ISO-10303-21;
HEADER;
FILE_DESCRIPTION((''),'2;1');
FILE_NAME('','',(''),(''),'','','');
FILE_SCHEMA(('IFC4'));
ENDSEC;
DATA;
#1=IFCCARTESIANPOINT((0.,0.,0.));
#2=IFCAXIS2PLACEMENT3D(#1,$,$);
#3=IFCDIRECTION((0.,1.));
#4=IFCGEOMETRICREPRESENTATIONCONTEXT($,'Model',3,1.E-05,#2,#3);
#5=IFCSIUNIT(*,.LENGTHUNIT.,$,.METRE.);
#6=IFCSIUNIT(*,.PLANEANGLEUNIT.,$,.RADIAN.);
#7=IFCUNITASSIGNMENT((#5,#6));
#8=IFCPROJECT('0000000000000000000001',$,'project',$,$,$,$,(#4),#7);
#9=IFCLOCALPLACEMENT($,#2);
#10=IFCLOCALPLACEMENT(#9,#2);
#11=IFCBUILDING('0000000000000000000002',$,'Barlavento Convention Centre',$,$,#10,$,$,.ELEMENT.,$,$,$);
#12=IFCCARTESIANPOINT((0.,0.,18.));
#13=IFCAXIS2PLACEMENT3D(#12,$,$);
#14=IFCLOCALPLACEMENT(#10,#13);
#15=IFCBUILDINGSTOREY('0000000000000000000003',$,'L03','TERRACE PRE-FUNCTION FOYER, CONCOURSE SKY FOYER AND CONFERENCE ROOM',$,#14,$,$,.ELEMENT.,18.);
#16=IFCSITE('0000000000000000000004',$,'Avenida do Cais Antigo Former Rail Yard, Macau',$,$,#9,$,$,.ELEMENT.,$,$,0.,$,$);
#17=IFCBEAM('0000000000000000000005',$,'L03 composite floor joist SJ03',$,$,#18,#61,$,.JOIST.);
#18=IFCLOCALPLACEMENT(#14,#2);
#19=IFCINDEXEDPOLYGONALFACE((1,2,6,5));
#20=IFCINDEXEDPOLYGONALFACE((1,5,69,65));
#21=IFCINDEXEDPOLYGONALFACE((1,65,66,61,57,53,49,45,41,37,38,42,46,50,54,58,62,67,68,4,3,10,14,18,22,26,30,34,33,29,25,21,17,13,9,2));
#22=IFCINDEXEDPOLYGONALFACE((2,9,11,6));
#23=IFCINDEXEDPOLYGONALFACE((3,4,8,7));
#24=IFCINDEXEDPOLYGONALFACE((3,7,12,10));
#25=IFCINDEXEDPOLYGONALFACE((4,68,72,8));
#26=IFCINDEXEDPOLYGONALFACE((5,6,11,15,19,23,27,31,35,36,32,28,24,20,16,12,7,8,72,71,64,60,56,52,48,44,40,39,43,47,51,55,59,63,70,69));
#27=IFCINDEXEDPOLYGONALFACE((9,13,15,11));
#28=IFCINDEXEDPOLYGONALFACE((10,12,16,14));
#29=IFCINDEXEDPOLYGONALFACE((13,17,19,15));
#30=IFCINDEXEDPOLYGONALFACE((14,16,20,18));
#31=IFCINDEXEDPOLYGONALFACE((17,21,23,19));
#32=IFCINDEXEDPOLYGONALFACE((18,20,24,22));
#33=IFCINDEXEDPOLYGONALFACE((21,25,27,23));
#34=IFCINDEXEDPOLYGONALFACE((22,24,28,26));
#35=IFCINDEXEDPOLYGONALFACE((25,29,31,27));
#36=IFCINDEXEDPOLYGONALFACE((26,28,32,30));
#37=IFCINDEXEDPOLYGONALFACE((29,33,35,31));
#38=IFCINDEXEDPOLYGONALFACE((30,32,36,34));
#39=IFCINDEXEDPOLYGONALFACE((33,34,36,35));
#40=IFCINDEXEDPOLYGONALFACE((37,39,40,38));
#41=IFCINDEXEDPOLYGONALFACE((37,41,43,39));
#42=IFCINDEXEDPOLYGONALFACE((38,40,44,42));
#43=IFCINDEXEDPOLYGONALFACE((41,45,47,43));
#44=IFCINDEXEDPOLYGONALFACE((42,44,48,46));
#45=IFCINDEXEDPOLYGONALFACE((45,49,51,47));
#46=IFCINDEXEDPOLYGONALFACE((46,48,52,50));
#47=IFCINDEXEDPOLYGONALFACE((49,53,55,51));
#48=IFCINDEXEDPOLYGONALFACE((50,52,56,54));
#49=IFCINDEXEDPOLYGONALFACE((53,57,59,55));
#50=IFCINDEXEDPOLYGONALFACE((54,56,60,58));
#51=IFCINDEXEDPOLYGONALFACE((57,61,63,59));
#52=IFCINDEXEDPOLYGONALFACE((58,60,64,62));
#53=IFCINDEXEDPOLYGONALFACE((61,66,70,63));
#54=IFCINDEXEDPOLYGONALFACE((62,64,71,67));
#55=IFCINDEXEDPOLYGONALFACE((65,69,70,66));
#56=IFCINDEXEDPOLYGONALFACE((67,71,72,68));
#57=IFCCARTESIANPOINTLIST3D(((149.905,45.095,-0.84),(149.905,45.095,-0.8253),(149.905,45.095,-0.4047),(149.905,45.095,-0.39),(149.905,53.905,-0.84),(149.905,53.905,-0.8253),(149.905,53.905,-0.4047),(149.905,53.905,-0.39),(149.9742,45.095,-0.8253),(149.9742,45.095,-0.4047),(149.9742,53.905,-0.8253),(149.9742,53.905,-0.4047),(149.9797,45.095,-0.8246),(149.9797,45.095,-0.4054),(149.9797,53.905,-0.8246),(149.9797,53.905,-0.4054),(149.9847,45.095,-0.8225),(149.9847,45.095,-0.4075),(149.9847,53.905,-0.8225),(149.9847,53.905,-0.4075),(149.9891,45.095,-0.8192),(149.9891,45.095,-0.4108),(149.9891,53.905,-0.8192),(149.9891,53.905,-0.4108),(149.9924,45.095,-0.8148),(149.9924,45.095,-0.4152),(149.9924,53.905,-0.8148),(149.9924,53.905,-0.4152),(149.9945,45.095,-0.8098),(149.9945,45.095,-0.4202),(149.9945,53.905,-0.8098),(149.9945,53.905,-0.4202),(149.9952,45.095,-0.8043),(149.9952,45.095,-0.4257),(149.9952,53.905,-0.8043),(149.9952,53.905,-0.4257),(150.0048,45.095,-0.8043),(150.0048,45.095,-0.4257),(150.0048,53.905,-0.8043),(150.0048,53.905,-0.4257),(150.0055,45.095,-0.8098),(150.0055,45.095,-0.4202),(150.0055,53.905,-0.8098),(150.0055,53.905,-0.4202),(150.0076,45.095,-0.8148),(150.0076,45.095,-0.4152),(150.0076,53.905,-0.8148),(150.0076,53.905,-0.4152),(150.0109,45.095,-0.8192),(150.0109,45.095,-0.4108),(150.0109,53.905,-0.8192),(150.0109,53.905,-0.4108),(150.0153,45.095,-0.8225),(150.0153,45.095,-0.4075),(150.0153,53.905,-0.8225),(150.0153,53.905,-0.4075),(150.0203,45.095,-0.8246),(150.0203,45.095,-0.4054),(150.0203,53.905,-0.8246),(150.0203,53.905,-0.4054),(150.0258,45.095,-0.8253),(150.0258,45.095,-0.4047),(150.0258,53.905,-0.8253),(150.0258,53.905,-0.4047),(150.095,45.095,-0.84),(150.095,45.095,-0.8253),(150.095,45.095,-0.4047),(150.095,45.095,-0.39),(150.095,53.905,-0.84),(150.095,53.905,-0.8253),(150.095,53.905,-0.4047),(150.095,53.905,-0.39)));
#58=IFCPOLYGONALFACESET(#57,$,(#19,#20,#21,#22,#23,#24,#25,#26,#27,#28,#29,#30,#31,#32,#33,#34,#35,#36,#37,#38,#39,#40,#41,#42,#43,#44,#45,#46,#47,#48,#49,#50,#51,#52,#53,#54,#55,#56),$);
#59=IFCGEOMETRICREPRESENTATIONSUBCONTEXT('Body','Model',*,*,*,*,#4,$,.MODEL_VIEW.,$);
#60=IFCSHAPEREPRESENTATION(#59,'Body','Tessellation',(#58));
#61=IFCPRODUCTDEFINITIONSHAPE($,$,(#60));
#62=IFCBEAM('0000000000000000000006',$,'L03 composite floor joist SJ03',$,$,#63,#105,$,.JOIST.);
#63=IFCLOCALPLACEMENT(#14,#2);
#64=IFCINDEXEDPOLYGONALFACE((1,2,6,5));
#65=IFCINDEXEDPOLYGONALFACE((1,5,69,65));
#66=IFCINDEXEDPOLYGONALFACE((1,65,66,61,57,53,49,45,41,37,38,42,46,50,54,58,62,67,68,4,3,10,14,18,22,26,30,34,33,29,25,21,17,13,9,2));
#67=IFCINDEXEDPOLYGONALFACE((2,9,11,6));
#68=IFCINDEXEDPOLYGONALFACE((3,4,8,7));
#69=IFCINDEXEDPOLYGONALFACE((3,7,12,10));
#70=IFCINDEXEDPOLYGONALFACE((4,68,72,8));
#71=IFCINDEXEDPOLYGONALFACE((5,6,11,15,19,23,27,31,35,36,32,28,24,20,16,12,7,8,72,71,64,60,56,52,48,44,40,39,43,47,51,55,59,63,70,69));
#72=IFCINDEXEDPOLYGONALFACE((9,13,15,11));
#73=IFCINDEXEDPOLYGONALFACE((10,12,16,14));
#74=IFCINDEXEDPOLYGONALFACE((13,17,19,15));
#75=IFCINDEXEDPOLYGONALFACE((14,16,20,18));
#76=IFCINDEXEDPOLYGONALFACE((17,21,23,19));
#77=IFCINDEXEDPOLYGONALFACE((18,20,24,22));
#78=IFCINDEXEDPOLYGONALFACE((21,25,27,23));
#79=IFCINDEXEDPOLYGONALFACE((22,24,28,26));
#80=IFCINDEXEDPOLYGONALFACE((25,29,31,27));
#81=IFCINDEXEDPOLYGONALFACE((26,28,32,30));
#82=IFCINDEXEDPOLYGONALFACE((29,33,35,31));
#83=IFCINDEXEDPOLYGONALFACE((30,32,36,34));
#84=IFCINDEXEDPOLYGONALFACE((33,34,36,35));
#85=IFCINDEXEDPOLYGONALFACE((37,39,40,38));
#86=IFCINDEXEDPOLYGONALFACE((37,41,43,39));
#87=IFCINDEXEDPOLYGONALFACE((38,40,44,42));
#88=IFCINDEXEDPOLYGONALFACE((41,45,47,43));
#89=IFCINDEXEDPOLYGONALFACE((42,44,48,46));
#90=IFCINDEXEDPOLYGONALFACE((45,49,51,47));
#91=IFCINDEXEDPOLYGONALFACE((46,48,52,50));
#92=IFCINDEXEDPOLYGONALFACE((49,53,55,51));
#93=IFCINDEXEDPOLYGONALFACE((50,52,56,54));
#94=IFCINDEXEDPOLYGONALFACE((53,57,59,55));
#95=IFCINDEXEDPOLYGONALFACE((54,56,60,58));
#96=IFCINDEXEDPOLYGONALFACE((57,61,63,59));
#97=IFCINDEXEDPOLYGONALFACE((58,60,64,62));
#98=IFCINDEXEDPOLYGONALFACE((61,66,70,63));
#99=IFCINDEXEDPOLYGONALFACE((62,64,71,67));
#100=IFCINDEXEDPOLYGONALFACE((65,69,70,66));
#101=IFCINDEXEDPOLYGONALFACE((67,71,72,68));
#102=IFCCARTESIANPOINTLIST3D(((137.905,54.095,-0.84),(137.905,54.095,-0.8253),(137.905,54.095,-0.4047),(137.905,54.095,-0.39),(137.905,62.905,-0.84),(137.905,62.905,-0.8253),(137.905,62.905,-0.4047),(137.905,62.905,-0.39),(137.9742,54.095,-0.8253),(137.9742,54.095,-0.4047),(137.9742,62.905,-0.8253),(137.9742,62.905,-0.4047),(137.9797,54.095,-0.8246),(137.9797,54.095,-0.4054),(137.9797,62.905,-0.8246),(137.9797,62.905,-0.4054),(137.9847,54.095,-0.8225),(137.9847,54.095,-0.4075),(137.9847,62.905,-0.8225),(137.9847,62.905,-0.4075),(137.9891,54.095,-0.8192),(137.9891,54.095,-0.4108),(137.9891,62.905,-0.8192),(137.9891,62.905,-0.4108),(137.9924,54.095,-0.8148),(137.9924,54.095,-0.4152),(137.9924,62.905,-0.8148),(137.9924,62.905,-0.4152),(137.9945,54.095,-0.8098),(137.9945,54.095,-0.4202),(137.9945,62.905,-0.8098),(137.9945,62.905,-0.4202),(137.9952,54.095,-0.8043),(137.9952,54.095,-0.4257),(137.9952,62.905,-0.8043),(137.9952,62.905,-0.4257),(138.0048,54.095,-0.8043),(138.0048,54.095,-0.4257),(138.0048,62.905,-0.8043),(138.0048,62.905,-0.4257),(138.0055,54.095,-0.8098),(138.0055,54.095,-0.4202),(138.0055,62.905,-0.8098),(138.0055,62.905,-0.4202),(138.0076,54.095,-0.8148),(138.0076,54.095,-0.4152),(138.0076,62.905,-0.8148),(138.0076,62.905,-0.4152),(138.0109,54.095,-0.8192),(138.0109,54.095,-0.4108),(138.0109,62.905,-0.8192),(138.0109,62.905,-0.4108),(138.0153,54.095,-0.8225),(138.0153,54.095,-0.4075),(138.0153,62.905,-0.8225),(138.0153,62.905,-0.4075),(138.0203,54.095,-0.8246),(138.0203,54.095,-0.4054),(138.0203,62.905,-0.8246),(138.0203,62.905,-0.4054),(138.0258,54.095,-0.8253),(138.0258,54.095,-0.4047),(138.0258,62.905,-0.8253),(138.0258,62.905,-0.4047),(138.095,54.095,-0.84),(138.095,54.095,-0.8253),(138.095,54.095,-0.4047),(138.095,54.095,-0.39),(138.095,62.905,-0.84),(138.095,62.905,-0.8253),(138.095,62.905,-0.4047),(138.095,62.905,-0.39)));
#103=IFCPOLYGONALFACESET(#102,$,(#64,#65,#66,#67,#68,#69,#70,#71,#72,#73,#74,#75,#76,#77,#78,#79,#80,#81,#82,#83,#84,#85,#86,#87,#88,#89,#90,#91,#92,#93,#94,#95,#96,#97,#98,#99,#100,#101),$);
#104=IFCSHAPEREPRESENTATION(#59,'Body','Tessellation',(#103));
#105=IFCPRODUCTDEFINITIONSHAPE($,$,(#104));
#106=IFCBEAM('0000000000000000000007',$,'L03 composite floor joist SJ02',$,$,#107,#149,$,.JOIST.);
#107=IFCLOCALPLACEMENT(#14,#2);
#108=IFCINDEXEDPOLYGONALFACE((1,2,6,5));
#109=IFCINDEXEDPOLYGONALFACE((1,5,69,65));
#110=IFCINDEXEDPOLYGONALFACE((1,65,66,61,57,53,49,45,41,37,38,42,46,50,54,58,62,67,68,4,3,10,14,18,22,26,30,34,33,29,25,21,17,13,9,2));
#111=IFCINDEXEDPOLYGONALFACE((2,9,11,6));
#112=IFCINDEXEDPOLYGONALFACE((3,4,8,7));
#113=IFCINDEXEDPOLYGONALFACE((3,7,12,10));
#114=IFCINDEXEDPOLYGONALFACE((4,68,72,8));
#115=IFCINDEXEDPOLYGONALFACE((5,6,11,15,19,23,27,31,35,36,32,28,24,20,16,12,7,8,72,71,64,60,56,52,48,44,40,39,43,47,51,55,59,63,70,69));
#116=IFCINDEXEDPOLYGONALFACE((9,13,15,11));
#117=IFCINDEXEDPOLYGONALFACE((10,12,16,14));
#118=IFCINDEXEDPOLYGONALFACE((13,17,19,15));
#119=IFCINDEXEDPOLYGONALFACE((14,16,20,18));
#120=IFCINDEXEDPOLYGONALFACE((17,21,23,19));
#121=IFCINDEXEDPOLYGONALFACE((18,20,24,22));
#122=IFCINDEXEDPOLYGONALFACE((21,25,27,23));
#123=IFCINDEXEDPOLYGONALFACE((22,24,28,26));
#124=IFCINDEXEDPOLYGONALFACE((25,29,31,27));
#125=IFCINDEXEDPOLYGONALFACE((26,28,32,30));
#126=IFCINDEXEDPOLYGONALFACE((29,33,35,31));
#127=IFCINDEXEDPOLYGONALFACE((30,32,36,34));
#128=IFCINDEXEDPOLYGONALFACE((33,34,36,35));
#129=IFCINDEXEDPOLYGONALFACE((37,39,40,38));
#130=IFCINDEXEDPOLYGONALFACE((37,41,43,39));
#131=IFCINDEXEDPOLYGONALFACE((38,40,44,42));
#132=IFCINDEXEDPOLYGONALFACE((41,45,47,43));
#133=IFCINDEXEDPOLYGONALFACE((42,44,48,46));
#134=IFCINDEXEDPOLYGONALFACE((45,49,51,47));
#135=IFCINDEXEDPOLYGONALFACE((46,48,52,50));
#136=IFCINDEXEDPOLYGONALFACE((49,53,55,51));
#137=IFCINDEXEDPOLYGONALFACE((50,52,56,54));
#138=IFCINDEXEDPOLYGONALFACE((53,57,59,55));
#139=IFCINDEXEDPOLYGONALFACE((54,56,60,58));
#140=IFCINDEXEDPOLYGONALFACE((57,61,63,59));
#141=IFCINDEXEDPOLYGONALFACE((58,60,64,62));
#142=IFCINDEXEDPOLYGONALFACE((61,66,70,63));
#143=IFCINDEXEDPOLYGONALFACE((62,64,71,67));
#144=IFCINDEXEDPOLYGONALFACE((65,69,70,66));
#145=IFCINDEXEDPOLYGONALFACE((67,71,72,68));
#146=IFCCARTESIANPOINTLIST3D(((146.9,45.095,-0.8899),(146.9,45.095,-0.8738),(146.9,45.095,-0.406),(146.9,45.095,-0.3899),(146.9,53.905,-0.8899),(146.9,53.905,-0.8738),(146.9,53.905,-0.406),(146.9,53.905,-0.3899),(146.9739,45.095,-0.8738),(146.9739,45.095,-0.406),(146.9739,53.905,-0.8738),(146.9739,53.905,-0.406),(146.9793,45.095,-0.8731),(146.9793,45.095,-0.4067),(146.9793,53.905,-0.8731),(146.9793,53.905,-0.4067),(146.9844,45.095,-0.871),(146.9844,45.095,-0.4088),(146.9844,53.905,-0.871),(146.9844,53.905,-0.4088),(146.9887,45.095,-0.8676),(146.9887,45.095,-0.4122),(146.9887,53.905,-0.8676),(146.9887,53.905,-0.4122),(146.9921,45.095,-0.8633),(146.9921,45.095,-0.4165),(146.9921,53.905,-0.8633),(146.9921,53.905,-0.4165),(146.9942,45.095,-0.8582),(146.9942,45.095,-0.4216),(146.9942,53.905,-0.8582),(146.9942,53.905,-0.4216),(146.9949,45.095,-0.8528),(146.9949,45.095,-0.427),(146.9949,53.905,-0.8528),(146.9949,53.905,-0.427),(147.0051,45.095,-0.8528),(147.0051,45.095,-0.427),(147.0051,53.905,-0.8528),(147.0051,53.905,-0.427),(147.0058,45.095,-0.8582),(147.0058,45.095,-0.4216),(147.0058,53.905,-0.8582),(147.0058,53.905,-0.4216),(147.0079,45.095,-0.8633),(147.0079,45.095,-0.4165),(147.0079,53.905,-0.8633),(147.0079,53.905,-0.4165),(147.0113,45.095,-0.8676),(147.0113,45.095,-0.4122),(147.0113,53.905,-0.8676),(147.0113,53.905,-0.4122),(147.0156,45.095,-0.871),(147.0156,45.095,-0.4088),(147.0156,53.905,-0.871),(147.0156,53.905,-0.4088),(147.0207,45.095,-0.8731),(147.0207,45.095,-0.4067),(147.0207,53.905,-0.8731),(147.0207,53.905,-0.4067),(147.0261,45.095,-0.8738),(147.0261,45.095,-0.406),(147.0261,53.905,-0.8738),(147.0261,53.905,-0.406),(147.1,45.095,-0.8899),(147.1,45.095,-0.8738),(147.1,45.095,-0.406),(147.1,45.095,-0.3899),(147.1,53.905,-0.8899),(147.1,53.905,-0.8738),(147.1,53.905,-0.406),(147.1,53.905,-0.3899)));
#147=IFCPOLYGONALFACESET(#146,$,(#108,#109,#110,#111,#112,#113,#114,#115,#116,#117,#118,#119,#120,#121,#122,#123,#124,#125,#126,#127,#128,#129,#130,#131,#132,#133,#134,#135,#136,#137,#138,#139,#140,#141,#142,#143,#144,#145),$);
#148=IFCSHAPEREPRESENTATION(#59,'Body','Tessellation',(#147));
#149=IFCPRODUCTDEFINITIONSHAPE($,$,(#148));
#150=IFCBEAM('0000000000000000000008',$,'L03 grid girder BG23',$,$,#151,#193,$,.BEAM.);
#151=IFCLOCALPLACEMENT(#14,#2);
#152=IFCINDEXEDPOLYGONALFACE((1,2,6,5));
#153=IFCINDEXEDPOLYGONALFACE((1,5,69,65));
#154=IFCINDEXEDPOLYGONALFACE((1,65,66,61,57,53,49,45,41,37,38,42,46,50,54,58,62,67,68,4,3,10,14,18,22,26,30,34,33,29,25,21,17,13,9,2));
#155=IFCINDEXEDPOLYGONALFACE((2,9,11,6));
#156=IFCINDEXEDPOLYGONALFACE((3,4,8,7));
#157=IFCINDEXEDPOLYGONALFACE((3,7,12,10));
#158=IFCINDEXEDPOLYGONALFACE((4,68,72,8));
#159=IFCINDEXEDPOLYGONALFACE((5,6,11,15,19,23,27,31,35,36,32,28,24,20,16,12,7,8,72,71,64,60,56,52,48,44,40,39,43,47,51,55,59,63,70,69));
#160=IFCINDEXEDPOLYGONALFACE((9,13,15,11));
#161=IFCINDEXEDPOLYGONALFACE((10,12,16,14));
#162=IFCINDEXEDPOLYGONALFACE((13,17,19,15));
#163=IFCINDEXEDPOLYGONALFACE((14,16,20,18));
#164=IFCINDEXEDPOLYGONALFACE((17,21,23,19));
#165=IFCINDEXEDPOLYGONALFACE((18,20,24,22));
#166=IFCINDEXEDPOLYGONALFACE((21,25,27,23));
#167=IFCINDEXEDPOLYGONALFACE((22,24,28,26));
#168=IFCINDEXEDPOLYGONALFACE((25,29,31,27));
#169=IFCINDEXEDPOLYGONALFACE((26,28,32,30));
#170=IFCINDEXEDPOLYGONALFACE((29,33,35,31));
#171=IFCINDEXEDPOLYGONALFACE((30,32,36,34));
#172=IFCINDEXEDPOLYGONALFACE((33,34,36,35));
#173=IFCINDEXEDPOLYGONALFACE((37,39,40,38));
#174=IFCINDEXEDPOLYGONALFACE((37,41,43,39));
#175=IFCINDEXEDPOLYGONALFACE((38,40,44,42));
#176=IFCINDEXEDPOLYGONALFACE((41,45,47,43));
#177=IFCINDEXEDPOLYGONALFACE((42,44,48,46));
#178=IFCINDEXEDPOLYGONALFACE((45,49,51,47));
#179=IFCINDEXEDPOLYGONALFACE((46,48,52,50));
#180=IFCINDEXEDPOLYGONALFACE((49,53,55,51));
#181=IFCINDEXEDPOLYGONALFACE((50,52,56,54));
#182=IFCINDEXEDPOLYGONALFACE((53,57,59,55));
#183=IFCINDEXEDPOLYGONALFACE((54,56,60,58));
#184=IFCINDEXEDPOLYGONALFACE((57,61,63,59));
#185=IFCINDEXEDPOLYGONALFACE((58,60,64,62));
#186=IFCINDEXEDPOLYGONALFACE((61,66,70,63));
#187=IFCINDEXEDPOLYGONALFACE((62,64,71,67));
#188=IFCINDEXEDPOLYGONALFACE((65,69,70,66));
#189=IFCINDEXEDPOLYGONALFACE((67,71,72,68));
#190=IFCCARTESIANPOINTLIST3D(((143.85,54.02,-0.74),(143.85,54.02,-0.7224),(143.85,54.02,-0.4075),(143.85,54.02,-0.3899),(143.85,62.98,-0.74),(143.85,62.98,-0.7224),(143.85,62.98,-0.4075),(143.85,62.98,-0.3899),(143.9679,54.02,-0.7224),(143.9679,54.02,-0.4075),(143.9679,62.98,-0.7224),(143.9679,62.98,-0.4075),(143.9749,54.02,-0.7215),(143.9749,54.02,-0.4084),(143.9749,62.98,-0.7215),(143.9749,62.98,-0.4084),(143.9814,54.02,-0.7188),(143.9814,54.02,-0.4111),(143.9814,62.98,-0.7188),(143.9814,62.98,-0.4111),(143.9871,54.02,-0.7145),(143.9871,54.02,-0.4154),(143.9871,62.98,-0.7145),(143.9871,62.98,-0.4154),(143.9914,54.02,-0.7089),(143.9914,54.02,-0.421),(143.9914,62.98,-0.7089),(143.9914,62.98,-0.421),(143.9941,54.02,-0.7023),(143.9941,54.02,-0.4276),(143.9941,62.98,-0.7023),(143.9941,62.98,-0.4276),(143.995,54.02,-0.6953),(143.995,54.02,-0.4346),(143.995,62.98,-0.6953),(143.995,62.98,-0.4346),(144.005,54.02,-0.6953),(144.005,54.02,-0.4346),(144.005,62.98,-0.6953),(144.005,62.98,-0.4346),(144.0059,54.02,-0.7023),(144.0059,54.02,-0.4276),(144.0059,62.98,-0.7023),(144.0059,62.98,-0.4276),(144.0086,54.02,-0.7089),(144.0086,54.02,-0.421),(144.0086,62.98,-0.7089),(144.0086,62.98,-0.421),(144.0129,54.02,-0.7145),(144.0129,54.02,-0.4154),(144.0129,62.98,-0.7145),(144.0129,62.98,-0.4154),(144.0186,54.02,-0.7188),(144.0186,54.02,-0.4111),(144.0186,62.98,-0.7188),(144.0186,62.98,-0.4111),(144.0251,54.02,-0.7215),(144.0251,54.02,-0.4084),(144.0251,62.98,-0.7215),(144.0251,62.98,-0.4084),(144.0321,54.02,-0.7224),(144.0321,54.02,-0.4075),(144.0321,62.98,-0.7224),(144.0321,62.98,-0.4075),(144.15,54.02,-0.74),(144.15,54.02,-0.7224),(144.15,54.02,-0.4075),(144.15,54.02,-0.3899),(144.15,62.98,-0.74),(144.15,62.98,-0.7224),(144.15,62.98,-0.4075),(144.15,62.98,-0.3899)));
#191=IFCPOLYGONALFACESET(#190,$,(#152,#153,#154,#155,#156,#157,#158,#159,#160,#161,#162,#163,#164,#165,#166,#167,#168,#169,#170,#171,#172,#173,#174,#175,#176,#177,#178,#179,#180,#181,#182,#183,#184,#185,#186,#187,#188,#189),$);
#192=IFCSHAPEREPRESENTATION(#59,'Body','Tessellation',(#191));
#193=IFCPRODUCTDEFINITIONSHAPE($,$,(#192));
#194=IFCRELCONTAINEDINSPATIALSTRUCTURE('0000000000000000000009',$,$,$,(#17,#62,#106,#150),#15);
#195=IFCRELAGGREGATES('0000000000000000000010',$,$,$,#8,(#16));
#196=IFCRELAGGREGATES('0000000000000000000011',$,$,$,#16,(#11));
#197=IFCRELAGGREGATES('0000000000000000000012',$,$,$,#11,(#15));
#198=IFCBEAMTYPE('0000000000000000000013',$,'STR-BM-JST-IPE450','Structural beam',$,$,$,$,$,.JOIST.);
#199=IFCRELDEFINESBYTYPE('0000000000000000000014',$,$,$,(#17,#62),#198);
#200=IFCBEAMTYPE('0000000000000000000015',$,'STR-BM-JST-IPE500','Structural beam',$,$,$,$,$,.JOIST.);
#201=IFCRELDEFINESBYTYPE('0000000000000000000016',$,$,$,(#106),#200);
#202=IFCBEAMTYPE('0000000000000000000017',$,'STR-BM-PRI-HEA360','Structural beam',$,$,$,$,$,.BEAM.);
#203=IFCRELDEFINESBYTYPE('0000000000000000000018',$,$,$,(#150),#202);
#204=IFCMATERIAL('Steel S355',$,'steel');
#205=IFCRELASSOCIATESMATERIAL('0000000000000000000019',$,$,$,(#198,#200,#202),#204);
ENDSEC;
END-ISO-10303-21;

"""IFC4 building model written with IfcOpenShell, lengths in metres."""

from ifc_helpers import new_model, si_unit, direction, frame, origin, origin_2d, place, context, subcontext, project, spatial, i_section, extrude, material, material_profile, profile_set, type_object, element, save


model = new_model("IFC4")

# Units and contexts
model_context = context("Model", 3, precision=1e-05, world=origin(), true_north=direction((0.0, 1.0)))
body_context = subcontext(model_context, "Body", "Model", "MODEL_VIEW")
ifc_project = project(units=[si_unit("LENGTHUNIT", "METRE"), si_unit("PLANEANGLEUNIT", "RADIAN")], contexts=[model_context])

# Site, building, storey
site_placement = place(None, origin())
site = spatial("IfcSite", under=ifc_project, at=site_placement, Name="Avenida do Cais Antigo Former Rail Yard, Macau", CompositionType="ELEMENT", RefElevation=0.0)
building_placement = place(site_placement, origin())
building = spatial("IfcBuilding", under=site, at=building_placement, Name="Barlavento Convention Centre", CompositionType="ELEMENT")
storey_placement = place(building_placement, frame((0.0, 0.0, 18.0)))
storey = spatial("IfcBuildingStorey", under=building, at=storey_placement, Name="L03", Description="TERRACE PRE-FUNCTION FOYER, CONCOURSE SKY FOYER AND CONFERENCE ROOM", CompositionType="ELEMENT", Elevation=18.0)

# Shared definitions
ifc_material_1 = material(Name="Steel S355", Category="steel")

# Beams
ifc_material_profile_1 = material_profile(ifc_material_1, i_section(OverallWidth=0.1899, OverallDepth=0.45, WebThickness=0.0095, FlangeThickness=0.0146, FilletRadius=0.021, at=origin_2d()), Name="IPE 450")
ifc_profile_set_1 = profile_set([ifc_material_profile_1], Name="Steel S355")
beam_type_1 = type_object("IfcBeamType", Name="STR-BM-JST-IPE450", Description="Structural beam", PredefinedType="JOIST", material=ifc_profile_set_1)
for number, where, z_axis, x_axis, name in (
    (1, (150.0, 45.095, -0.615), (0.0, 1.0, 0.0), (-1.0, 0.0, 0.0), "L03 composite floor joist SJ03"),
    (2, (138.0, 54.095, -0.615), (0.0, 1.0, 0.0), (-1.0, 0.0, 0.0), "L03 composite floor joist SJ03"),
):
    element("IfcBeam", number, at=place(storey_placement, frame(where, z_axis=z_axis, x_axis=x_axis)), inside=storey, type_object=beam_type_1, Name=name, PredefinedType="JOIST", context=body_context, shape_type="SweptSolid", body=[
        extrude(i_section(OverallWidth=0.1899, OverallDepth=0.45, WebThickness=0.0095, FlangeThickness=0.0146, FilletRadius=0.021, at=origin_2d()), origin(), (0.0, 0.0, 1.0), 8.8101),
    ])
ifc_material_profile_2 = material_profile(ifc_material_1, i_section(OverallWidth=0.2, OverallDepth=0.5, WebThickness=0.0103, FlangeThickness=0.0161, FilletRadius=0.021, at=origin_2d()), Name="IPE 500")
ifc_profile_set_2 = profile_set([ifc_material_profile_2], Name="Steel S355")
beam_type_2 = type_object("IfcBeamType", Name="STR-BM-JST-IPE500", Description="Structural beam", PredefinedType="JOIST", material=ifc_profile_set_2)
beam_1_placement = place(storey_placement, frame((147.0, 45.095, -0.6399), z_axis=(0.0, 1.0, 0.0), x_axis=(-1.0, 0.0, 0.0)))
element("IfcBeam", 3, at=beam_1_placement, inside=storey, type_object=beam_type_2, Name="L03 composite floor joist SJ02", PredefinedType="JOIST", context=body_context, shape_type="SweptSolid", body=[
    extrude(i_section(OverallWidth=0.2, OverallDepth=0.5, WebThickness=0.0103, FlangeThickness=0.0161, FilletRadius=0.021, at=origin_2d()), origin(), (0.0, 0.0, 1.0), 8.8101),
])
ifc_material_profile_3 = material_profile(ifc_material_1, i_section(OverallWidth=0.3, OverallDepth=0.3501, WebThickness=0.01, FlangeThickness=0.0176, FilletRadius=0.0271, at=origin_2d()), Name="HEA 360")
ifc_profile_set_3 = profile_set([ifc_material_profile_3], Name="Steel S355")
beam_type_3 = type_object("IfcBeamType", Name="STR-BM-PRI-HEA360", Description="Structural beam", PredefinedType="BEAM", material=ifc_profile_set_3)
beam_2_placement = place(storey_placement, frame((144.0, 54.02, -0.5649), z_axis=(0.0, 1.0, 0.0), x_axis=(-1.0, 0.0, 0.0)))
element("IfcBeam", 4, at=beam_2_placement, inside=storey, type_object=beam_type_3, Name="L03 grid girder BG23", PredefinedType="BEAM", context=body_context, shape_type="SweptSolid", body=[
    extrude(i_section(OverallWidth=0.3, OverallDepth=0.3501, WebThickness=0.01, FlangeThickness=0.0176, FilletRadius=0.0271, at=origin_2d()), origin(), (0.0, 0.0, 1.0), 8.96),
])

save(model, "model.ifc")
